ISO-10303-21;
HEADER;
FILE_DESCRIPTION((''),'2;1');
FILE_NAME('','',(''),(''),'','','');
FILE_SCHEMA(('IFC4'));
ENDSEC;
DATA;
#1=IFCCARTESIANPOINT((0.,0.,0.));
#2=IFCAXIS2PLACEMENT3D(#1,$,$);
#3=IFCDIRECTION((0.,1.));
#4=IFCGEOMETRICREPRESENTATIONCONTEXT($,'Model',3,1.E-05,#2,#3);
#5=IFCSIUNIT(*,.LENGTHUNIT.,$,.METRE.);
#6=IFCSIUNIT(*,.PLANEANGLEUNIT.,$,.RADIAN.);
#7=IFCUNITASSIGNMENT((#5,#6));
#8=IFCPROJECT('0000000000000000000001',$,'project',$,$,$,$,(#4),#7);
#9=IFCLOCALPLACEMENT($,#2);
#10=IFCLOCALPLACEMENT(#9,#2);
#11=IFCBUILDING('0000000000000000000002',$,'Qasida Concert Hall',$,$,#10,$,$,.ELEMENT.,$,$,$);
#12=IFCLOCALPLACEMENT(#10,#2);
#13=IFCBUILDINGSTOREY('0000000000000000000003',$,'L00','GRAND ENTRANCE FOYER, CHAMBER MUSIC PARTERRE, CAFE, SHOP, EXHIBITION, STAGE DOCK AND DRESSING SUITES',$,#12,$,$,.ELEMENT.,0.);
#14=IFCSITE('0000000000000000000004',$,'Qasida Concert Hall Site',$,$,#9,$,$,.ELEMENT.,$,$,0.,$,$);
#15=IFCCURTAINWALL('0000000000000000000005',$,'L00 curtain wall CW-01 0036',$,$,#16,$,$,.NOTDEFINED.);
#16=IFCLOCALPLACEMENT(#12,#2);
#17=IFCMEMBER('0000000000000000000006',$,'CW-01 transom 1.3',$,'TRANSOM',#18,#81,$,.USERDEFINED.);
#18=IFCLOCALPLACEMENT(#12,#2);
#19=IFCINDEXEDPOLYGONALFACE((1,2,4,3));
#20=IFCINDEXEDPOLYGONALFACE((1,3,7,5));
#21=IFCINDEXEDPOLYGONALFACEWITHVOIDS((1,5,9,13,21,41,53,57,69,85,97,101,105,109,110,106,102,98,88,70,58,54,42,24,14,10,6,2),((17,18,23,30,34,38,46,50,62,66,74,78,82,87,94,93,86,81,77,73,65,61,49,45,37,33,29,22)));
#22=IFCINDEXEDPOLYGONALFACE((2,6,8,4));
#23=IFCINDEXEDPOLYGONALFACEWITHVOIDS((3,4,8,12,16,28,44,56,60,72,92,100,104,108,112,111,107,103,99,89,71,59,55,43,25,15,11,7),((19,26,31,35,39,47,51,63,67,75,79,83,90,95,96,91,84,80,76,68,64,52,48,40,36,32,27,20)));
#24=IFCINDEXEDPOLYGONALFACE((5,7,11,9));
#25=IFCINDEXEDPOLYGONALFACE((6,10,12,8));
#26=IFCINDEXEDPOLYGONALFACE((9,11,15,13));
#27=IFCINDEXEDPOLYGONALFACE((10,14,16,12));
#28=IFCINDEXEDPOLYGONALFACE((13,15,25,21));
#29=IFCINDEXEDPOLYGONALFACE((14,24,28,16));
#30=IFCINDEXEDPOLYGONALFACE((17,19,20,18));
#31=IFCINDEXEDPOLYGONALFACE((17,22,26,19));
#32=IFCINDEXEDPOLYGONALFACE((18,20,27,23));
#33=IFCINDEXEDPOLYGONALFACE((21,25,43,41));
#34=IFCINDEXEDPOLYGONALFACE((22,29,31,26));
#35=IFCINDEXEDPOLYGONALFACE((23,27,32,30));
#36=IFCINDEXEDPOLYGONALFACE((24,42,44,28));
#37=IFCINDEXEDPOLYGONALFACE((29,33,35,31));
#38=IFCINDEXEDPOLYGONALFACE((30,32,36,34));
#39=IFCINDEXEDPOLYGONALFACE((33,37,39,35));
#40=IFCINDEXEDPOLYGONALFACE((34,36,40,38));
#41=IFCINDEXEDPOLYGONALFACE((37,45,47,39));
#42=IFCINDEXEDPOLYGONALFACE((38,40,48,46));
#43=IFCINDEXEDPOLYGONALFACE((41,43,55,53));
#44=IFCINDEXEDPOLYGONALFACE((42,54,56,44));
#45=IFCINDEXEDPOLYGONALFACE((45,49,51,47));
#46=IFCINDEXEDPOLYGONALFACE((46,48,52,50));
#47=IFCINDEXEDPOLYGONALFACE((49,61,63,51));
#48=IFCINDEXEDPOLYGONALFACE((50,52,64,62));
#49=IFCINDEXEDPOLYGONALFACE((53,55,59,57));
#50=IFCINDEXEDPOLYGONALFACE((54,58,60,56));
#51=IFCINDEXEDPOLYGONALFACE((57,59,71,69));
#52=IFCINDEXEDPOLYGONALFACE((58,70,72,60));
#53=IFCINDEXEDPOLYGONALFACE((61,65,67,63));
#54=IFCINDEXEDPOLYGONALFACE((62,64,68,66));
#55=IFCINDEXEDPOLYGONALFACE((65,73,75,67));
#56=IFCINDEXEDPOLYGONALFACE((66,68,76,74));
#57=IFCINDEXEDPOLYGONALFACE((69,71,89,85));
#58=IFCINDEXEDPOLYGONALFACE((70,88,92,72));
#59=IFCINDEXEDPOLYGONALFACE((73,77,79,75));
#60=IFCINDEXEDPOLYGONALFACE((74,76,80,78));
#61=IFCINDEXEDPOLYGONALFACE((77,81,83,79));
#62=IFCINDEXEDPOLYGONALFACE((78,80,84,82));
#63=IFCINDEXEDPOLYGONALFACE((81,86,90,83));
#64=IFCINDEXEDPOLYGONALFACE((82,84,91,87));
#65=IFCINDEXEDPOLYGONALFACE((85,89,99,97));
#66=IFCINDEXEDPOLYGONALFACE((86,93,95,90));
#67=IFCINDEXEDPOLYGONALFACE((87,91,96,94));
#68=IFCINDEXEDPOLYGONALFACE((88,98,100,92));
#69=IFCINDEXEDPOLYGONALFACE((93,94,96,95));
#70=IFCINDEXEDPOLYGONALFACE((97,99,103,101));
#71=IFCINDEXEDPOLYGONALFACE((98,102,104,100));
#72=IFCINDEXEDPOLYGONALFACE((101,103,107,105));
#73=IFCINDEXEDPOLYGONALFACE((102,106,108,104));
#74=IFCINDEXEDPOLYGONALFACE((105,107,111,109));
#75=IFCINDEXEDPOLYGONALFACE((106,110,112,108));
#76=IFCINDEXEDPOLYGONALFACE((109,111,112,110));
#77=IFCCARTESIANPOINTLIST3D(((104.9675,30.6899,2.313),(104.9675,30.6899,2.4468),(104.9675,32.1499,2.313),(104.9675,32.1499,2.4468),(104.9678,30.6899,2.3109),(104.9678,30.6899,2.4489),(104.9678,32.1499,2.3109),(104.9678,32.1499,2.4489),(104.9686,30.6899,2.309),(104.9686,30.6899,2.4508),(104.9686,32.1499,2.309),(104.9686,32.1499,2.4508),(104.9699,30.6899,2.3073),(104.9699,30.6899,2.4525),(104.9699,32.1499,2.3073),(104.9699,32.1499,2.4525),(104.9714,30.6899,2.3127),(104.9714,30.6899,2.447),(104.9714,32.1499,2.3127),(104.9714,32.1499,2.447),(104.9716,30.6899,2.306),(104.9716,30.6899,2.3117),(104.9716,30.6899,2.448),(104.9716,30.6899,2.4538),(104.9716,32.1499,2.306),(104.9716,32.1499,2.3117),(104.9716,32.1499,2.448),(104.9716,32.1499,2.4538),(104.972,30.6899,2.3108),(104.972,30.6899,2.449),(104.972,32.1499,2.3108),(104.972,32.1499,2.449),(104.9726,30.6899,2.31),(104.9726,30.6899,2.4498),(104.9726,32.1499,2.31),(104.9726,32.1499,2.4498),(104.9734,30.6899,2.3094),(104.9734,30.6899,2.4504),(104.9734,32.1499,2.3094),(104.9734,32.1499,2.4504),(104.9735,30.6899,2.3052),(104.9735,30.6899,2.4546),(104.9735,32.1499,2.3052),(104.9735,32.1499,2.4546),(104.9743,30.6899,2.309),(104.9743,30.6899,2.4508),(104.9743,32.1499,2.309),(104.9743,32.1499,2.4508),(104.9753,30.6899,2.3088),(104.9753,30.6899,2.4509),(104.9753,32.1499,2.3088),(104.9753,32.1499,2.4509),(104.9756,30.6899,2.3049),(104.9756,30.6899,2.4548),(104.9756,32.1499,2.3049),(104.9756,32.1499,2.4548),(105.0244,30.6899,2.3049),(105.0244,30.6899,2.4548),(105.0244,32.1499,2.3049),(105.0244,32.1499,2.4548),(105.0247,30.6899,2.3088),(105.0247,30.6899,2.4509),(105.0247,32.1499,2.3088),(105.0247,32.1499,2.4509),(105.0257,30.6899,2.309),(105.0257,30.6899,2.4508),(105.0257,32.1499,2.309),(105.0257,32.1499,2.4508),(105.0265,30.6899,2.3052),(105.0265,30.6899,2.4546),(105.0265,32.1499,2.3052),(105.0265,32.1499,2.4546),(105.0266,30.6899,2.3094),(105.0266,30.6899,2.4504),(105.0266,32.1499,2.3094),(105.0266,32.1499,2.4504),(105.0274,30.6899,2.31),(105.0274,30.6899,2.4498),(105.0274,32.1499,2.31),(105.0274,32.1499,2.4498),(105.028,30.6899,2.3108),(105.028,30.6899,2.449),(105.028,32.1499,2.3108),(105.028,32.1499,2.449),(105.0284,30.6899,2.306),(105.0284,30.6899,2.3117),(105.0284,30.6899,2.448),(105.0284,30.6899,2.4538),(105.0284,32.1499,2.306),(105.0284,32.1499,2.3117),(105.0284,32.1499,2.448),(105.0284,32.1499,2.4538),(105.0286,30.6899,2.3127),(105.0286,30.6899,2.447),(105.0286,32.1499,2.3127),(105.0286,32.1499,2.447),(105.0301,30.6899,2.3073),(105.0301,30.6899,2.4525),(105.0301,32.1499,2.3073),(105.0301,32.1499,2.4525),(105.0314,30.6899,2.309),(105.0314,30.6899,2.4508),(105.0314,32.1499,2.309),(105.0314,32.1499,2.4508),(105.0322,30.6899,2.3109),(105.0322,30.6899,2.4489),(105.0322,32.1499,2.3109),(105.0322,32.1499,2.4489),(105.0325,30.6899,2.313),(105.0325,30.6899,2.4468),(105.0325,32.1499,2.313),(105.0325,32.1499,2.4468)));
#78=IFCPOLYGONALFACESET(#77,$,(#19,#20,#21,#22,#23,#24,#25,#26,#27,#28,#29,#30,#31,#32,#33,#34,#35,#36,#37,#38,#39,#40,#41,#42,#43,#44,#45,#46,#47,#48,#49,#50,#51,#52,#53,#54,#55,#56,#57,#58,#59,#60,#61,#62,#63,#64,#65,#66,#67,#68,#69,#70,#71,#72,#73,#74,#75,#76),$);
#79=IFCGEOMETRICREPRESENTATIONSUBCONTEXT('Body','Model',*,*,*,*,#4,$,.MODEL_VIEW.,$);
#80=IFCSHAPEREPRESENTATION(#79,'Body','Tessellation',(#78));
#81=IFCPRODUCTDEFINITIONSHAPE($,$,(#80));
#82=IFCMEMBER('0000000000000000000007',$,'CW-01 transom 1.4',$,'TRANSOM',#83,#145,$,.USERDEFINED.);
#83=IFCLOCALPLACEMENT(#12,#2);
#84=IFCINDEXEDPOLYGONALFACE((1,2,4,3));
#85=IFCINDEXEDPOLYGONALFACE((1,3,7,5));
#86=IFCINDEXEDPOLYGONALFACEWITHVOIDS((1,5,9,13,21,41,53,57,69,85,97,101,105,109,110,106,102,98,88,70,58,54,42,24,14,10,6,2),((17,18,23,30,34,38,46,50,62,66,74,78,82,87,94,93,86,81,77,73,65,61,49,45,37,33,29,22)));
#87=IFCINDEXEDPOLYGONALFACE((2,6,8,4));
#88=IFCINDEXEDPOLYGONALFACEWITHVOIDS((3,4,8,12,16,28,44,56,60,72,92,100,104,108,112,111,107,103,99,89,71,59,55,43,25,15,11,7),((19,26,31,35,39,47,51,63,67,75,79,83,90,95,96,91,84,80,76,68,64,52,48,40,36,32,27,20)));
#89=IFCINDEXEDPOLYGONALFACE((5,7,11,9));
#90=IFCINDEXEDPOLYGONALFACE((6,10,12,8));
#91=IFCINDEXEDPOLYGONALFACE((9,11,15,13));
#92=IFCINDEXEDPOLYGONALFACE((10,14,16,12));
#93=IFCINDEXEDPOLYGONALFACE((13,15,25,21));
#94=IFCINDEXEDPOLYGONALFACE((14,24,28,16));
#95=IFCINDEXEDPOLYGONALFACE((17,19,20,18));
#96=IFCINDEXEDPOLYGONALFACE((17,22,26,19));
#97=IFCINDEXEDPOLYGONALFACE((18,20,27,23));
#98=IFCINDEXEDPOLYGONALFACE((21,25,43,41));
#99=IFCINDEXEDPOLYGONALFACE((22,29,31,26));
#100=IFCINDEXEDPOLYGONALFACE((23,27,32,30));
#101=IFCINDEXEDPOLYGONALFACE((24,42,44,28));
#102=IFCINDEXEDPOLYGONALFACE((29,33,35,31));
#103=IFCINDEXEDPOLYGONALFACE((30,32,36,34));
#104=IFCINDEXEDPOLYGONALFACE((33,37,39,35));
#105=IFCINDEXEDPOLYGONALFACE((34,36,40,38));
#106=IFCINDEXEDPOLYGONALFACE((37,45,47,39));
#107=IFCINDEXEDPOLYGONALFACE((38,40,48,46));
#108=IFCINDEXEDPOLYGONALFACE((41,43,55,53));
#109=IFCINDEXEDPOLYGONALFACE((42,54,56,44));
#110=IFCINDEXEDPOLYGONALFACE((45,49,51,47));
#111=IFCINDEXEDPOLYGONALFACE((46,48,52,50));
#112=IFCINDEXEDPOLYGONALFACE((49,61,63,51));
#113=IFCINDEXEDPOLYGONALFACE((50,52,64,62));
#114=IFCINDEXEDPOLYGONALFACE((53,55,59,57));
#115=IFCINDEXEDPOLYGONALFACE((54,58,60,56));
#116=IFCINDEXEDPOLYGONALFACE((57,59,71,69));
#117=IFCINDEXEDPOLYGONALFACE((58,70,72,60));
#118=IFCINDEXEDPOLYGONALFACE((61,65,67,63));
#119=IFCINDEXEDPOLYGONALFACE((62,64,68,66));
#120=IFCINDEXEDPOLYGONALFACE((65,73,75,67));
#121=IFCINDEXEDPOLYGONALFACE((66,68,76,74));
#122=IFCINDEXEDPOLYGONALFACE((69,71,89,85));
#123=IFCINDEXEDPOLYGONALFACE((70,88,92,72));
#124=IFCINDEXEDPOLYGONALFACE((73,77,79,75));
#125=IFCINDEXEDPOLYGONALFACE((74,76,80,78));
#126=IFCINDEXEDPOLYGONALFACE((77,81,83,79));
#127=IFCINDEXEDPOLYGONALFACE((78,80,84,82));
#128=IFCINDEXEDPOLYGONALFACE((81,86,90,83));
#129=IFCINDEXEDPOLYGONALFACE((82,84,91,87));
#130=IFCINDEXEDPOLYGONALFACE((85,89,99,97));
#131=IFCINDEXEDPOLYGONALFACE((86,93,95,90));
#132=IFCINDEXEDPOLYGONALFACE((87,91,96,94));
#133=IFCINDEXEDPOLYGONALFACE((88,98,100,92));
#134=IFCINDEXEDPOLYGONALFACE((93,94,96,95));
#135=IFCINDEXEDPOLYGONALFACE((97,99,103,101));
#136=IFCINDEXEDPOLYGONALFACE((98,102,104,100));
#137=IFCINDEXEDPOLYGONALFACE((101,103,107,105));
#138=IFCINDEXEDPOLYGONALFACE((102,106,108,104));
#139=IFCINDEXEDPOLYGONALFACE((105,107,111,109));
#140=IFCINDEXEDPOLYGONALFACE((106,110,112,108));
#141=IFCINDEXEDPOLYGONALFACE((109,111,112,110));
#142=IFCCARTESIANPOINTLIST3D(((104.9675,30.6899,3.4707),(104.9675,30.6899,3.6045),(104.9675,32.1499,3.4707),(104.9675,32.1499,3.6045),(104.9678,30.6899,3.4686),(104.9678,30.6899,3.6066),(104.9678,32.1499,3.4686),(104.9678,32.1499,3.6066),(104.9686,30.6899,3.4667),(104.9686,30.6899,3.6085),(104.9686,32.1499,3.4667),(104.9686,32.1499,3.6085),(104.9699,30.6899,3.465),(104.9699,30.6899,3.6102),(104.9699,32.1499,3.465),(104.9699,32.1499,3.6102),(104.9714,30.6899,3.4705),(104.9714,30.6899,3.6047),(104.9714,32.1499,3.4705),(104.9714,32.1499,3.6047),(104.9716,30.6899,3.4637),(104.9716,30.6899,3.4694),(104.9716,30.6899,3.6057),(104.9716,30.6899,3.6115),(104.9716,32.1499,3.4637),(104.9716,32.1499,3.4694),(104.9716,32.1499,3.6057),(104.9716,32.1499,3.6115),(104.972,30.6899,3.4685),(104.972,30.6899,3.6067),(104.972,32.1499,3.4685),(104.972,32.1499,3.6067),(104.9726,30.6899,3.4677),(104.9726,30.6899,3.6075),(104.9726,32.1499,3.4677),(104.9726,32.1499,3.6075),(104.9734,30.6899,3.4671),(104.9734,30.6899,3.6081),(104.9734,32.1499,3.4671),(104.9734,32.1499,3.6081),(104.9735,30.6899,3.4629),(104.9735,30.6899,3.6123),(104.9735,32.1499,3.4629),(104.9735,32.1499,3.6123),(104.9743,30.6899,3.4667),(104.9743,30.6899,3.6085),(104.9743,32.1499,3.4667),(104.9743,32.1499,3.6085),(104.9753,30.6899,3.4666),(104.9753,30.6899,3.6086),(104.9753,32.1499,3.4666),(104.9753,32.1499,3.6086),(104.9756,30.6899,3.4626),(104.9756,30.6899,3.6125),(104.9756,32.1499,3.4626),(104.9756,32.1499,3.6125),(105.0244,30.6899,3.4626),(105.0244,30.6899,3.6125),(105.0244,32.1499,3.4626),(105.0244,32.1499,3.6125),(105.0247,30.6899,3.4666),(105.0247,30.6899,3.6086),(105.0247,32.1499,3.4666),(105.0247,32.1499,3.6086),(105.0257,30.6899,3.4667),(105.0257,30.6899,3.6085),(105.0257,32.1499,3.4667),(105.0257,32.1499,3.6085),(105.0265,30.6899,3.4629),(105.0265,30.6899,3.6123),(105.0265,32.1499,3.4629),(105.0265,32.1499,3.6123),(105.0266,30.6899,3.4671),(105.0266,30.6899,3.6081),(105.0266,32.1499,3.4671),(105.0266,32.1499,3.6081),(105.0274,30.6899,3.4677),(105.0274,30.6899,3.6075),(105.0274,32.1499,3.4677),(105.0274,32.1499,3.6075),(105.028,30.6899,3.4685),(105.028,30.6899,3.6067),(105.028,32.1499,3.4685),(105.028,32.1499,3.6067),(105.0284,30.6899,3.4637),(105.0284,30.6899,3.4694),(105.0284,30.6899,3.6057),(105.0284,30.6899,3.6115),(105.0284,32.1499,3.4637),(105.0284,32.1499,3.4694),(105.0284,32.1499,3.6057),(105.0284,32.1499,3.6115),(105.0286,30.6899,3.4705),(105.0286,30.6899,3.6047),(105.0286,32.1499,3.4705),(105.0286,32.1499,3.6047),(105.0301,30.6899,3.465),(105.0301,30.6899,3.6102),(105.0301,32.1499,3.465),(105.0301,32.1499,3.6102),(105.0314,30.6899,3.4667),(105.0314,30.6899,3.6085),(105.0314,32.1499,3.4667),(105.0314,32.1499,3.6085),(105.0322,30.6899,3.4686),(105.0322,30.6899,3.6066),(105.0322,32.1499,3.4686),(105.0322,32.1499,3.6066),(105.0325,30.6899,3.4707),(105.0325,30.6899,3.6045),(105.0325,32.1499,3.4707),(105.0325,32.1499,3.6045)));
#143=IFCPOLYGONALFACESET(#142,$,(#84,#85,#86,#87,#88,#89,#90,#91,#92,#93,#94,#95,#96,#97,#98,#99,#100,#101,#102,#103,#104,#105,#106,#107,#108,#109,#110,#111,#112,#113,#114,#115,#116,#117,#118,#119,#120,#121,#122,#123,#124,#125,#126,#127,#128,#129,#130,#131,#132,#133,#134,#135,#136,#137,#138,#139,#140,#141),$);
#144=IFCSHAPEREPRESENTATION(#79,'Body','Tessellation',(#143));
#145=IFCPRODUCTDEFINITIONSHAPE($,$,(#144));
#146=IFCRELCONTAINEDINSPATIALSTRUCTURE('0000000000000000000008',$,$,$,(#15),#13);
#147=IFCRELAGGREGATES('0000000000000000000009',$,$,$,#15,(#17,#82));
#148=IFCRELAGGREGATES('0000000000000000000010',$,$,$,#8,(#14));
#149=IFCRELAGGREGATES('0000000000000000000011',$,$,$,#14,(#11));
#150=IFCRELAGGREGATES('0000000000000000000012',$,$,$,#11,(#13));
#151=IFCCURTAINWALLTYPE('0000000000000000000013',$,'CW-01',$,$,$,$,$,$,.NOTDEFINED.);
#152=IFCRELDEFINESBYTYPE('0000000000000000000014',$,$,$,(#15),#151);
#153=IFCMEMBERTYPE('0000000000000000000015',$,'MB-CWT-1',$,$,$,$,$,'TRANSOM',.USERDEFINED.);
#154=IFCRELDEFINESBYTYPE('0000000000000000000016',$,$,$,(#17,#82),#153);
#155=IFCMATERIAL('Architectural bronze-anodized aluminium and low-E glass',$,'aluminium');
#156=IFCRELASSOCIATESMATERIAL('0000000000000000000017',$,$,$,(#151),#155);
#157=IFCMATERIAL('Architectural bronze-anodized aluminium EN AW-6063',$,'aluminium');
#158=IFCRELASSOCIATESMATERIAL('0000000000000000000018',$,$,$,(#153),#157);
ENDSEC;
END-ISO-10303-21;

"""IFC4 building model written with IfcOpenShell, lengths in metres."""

from ifc_helpers import new_model, si_unit, direction, frame, origin, origin_2d, place, context, subcontext, project, spatial, hollow_rectangle, extrude, material, material_profile, profile_set, type_object, element, aggregate, save


model = new_model("IFC4")

# Units and contexts
model_context = context("Model", 3, precision=1e-05, world=origin(), true_north=direction((0.0, 1.0)))
body_context = subcontext(model_context, "Body", "Model", "MODEL_VIEW")
ifc_project = project(units=[si_unit("LENGTHUNIT", "METRE"), si_unit("PLANEANGLEUNIT", "RADIAN")], contexts=[model_context])

# Site, building, storey
site_placement = place(None, origin())
site = spatial("IfcSite", under=ifc_project, at=site_placement, Name="Qasida Concert Hall Site", CompositionType="ELEMENT", RefElevation=0.0)
building_placement = place(site_placement, origin())
building = spatial("IfcBuilding", under=site, at=building_placement, Name="Qasida Concert Hall", CompositionType="ELEMENT")
storey_placement = place(building_placement, origin())
storey = spatial("IfcBuildingStorey", under=building, at=storey_placement, Name="L00", Description="GRAND ENTRANCE FOYER, CHAMBER MUSIC PARTERRE, CAFE, SHOP, EXHIBITION, STAGE DOCK AND DRESSING SUITES", CompositionType="ELEMENT", Elevation=0.0)

# Curtain wall, members
ifc_material_1 = material(Name="Architectural bronze-anodized aluminium and low-E glass", Category="aluminium")
curtain_wall_type = type_object("IfcCurtainWallType", Name="CW-01", PredefinedType="NOTDEFINED", material=ifc_material_1)
curtain_wall_placement = place(storey_placement, origin())
curtain_wall = element("IfcCurtainWall", 1, at=curtain_wall_placement, inside=storey, type_object=curtain_wall_type, Name="L00 curtain wall CW-01 0036", PredefinedType="NOTDEFINED")
ifc_material_2 = material(Name="Architectural bronze-anodized aluminium EN AW-6063", Category="aluminium")
ifc_material_profile_1 = material_profile(ifc_material_2, hollow_rectangle(XDim=0.0649, YDim=0.1499, WallThickness=0.0039, InnerFilletRadius=0.0039, OuterFilletRadius=0.0081, at=origin_2d()), Name="CWT 150x65x4")
ifc_profile_set_1 = profile_set([ifc_material_profile_1], Name="Architectural bronze-anodized aluminium EN AW-6063")
member_type_1 = type_object("IfcMemberType", Name="MB-CWT-1", ElementType="TRANSOM", PredefinedType="USERDEFINED", material=ifc_profile_set_1)
member_1_placement = place(storey_placement, frame((105.0, 30.6899, 2.3799), z_axis=(0.0, 1.0, 0.0), x_axis=(-1.0, 0.0, 0.0)))
member_1 = element("IfcMember", 2, at=member_1_placement, type_object=member_type_1, Name="CW-01 transom 1.3", ObjectType="TRANSOM", PredefinedType="USERDEFINED", context=body_context, shape_type="SweptSolid", body=[
    extrude(hollow_rectangle(XDim=0.0649, YDim=0.1499, WallThickness=0.0039, InnerFilletRadius=0.0039, OuterFilletRadius=0.0081, at=origin_2d()), origin(), (0.0, 0.0, 1.0), 1.46),
])
member_2_placement = place(storey_placement, frame((105.0, 30.6899, 3.5376), z_axis=(0.0, 1.0, 0.0), x_axis=(-1.0, 0.0, 0.0)))
member_2 = element("IfcMember", 3, at=member_2_placement, type_object=member_type_1, Name="CW-01 transom 1.4", ObjectType="TRANSOM", PredefinedType="USERDEFINED", context=body_context, shape_type="SweptSolid", body=[
    extrude(hollow_rectangle(XDim=0.0649, YDim=0.1499, WallThickness=0.0039, InnerFilletRadius=0.0039, OuterFilletRadius=0.0081, at=origin_2d()), origin(), (0.0, 0.0, 1.0), 1.46),
])
aggregate(curtain_wall, [member_1, member_2])

save(model, "model.ifc")
